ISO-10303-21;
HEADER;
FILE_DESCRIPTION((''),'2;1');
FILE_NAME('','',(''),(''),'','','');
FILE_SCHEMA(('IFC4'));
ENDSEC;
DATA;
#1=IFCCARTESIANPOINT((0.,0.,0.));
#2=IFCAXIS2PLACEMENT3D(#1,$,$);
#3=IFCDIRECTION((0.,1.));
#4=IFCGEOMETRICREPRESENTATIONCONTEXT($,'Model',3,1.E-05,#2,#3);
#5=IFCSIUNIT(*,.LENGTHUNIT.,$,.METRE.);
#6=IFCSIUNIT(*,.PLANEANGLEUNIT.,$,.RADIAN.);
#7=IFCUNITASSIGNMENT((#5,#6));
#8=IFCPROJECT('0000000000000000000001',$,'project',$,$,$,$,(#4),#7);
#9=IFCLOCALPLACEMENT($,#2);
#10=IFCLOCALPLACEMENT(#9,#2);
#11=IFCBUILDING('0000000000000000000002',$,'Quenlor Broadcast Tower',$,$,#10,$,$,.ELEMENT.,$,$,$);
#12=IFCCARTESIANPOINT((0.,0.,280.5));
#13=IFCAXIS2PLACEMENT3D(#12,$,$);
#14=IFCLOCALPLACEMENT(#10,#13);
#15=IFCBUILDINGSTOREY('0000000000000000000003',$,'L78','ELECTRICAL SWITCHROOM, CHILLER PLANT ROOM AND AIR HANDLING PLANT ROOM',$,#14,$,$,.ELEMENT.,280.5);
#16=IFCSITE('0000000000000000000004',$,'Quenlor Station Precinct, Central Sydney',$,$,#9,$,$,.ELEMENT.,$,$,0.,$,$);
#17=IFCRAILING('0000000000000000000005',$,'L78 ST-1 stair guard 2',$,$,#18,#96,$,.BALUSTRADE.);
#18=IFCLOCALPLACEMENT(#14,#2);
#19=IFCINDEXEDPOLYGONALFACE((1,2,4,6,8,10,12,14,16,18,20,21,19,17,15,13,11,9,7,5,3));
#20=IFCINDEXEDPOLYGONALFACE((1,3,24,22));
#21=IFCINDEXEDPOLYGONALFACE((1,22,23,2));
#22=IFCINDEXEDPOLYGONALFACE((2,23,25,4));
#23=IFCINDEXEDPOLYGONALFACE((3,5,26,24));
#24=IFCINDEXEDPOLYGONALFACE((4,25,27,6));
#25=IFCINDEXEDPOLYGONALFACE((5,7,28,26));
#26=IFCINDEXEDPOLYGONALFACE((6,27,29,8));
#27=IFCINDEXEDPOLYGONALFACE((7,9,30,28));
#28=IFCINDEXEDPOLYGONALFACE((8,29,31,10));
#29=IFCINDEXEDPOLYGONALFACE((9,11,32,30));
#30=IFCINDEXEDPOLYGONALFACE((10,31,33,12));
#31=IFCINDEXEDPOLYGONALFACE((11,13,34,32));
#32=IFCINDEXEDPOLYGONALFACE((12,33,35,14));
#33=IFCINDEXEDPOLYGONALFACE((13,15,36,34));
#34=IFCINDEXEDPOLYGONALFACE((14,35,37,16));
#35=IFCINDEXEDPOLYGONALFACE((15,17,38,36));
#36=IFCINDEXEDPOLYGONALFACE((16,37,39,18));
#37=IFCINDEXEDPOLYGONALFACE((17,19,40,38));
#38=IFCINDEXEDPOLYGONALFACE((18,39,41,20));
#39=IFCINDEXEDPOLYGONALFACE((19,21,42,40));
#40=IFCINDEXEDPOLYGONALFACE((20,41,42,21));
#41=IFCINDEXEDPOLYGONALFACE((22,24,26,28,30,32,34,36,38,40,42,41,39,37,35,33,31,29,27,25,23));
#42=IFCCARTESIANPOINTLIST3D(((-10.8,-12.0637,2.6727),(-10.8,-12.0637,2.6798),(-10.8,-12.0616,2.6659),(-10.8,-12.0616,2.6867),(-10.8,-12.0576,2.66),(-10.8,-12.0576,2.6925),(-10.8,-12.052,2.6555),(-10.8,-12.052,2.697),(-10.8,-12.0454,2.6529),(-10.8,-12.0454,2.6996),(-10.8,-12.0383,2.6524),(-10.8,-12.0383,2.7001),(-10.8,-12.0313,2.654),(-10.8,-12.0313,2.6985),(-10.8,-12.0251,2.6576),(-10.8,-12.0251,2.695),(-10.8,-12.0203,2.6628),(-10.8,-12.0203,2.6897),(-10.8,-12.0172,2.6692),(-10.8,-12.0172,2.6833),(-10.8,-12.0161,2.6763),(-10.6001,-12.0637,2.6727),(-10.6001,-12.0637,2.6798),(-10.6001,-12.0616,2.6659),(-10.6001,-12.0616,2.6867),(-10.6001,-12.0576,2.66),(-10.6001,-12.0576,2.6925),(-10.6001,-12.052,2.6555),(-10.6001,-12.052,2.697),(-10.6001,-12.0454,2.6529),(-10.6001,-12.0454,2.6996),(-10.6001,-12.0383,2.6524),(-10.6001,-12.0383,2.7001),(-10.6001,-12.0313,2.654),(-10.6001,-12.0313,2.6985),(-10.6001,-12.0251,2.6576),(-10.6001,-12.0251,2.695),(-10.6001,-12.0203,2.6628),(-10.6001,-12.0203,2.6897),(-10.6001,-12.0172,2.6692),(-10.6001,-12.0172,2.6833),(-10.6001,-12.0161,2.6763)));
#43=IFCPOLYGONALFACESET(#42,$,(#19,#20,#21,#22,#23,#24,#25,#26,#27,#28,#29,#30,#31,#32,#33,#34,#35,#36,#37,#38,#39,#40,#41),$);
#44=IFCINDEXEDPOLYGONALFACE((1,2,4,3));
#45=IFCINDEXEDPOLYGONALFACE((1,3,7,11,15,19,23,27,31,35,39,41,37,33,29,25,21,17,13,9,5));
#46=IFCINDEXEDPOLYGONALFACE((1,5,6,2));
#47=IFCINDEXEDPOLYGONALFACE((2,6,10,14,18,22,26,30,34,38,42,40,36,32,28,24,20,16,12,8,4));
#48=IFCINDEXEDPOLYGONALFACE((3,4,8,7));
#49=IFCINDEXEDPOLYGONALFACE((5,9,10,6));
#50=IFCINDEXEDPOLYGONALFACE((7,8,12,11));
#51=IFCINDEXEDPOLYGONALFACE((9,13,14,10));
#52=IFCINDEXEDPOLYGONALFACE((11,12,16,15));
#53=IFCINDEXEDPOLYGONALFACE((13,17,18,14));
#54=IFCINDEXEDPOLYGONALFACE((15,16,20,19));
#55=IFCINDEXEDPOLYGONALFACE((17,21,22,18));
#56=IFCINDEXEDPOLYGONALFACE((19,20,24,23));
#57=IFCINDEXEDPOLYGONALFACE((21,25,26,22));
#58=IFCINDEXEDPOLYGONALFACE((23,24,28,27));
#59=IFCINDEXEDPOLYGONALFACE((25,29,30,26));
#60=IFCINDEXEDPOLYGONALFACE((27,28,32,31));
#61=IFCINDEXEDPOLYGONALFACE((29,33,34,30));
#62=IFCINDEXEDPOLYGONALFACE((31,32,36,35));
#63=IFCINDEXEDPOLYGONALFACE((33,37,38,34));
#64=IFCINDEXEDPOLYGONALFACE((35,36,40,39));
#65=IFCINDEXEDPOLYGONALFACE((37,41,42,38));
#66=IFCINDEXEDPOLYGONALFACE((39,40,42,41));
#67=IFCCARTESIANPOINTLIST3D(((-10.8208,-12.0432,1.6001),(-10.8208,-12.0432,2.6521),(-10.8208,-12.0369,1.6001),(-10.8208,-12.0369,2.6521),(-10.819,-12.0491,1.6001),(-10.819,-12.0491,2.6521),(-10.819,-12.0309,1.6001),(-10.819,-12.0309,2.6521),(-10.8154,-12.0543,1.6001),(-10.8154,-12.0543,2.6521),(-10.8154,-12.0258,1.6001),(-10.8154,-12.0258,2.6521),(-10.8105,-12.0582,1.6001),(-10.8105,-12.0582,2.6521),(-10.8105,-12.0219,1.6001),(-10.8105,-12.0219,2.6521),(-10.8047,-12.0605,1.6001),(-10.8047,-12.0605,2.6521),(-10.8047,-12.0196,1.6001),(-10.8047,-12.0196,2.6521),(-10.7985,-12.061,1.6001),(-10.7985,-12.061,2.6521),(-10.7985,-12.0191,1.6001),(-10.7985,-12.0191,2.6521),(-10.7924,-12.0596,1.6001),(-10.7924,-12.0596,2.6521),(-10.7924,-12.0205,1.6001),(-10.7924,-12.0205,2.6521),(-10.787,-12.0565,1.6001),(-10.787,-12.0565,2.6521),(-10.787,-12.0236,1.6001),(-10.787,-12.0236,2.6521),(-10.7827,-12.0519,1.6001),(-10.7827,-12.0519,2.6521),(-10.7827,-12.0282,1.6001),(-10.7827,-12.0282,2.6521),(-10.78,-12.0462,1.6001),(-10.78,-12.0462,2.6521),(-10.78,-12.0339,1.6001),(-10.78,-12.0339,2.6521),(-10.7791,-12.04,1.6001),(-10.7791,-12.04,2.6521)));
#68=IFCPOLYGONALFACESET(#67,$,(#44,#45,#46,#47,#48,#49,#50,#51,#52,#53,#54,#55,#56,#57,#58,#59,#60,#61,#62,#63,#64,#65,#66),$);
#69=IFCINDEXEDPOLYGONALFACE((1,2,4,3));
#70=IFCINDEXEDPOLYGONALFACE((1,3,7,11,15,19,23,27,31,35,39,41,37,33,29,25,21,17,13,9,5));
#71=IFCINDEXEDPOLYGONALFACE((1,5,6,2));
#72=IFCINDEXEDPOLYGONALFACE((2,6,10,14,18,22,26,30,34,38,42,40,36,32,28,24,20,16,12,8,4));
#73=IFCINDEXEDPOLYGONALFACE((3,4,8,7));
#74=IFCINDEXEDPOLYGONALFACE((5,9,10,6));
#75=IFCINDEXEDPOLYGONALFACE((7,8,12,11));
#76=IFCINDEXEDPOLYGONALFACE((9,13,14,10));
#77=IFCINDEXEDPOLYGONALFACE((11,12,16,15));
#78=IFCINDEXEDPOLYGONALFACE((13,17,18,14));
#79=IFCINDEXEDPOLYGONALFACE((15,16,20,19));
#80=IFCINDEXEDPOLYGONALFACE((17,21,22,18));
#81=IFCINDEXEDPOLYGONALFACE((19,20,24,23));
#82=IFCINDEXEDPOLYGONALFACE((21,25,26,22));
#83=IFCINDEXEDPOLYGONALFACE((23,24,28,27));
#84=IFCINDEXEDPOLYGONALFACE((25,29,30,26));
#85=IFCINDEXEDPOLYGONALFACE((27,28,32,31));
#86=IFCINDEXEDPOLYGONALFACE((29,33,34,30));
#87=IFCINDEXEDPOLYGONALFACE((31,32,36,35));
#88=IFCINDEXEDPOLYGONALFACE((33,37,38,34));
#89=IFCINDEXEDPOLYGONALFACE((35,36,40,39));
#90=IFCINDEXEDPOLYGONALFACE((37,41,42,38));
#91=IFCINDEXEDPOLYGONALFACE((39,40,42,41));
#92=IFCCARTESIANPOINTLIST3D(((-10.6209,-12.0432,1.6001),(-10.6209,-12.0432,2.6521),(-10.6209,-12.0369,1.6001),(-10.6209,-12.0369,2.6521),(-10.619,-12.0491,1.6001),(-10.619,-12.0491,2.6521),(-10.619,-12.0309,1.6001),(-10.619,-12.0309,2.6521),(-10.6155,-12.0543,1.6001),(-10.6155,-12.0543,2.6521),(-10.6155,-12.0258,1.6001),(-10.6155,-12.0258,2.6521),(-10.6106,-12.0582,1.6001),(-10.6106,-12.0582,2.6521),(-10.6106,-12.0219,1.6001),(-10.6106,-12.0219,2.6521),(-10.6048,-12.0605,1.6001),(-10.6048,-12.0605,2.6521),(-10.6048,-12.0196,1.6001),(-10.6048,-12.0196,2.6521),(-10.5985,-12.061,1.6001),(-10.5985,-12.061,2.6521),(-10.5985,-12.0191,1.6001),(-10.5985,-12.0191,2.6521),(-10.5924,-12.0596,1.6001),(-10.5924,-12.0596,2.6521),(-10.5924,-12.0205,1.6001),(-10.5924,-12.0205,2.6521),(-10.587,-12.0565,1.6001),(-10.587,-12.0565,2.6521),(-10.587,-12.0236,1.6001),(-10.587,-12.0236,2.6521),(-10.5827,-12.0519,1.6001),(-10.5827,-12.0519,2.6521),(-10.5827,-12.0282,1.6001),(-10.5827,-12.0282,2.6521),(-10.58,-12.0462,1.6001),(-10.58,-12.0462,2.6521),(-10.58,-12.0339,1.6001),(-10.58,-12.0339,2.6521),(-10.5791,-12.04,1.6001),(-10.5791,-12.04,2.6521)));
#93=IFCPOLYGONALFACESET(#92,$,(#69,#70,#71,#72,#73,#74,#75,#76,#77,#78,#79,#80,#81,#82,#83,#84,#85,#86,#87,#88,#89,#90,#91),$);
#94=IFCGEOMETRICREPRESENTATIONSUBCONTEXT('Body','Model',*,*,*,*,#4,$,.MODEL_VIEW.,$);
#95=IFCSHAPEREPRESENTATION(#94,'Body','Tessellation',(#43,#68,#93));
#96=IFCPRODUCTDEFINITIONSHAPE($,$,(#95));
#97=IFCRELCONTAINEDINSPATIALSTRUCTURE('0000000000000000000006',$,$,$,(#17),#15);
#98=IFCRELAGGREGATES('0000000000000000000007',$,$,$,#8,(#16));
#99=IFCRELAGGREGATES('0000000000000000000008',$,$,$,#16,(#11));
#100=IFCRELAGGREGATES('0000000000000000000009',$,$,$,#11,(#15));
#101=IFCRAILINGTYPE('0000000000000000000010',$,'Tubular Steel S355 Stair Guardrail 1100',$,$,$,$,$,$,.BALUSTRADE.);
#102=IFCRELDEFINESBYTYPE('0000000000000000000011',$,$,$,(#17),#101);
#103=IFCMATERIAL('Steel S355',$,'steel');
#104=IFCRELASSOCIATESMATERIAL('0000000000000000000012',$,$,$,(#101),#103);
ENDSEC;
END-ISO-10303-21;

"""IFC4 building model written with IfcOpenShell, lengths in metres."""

from ifc_helpers import new_model, si_unit, direction, frame, origin, origin_2d, place, context, subcontext, project, spatial, circle, extrude, material, type_object, element, save


model = new_model("IFC4")

# Units and contexts
model_context = context("Model", 3, precision=1e-05, world=origin(), true_north=direction((0.0, 1.0)))
body_context = subcontext(model_context, "Body", "Model", "MODEL_VIEW")
ifc_project = project(units=[si_unit("LENGTHUNIT", "METRE"), si_unit("PLANEANGLEUNIT", "RADIAN")], contexts=[model_context])

# Site, building, storey
site_placement = place(None, origin())
site = spatial("IfcSite", under=ifc_project, at=site_placement, Name="Quenlor Station Precinct, Central Sydney", CompositionType="ELEMENT", RefElevation=0.0)
building_placement = place(site_placement, origin())
building = spatial("IfcBuilding", under=site, at=building_placement, Name="Quenlor Broadcast Tower", CompositionType="ELEMENT")
storey_placement = place(building_placement, frame((0.0, 0.0, 280.5)))
storey = spatial("IfcBuildingStorey", under=building, at=storey_placement, Name="L78", Description="ELECTRICAL SWITCHROOM, CHILLER PLANT ROOM AND AIR HANDLING PLANT ROOM", CompositionType="ELEMENT", Elevation=280.5)

# Railing
ifc_material_1 = material(Name="Steel S355", Category="steel")
railing_type_1 = type_object("IfcRailingType", Name="Tubular Steel S355 Stair Guardrail 1100", PredefinedType="BALUSTRADE", material=ifc_material_1)
railing_1_placement = place(storey_placement, frame((-10.8, -12.04, 1.6001)))
element("IfcRailing", 1, at=railing_1_placement, inside=storey, type_object=railing_type_1, Name="L78 ST-1 stair guard 2", PredefinedType="BALUSTRADE", context=body_context, shape_type="SweptSolid", body=[
    extrude(circle(Radius=0.0239, at=origin_2d()), frame((0.0, 0.0, 1.0762), z_axis=(1.0, 0.0, 0.0), x_axis=(0.0, 1.0, 0.0)), (0.0, 0.0, 1.0), 0.2),
    extrude(circle(Radius=0.021, at=origin_2d()), origin(), (0.0, 0.0, 1.0), 1.052),
    extrude(circle(Radius=0.021, at=origin_2d()), frame((0.2, 0.0, 0.0)), (0.0, 0.0, 1.0), 1.052),
])

save(model, "model.ifc")
